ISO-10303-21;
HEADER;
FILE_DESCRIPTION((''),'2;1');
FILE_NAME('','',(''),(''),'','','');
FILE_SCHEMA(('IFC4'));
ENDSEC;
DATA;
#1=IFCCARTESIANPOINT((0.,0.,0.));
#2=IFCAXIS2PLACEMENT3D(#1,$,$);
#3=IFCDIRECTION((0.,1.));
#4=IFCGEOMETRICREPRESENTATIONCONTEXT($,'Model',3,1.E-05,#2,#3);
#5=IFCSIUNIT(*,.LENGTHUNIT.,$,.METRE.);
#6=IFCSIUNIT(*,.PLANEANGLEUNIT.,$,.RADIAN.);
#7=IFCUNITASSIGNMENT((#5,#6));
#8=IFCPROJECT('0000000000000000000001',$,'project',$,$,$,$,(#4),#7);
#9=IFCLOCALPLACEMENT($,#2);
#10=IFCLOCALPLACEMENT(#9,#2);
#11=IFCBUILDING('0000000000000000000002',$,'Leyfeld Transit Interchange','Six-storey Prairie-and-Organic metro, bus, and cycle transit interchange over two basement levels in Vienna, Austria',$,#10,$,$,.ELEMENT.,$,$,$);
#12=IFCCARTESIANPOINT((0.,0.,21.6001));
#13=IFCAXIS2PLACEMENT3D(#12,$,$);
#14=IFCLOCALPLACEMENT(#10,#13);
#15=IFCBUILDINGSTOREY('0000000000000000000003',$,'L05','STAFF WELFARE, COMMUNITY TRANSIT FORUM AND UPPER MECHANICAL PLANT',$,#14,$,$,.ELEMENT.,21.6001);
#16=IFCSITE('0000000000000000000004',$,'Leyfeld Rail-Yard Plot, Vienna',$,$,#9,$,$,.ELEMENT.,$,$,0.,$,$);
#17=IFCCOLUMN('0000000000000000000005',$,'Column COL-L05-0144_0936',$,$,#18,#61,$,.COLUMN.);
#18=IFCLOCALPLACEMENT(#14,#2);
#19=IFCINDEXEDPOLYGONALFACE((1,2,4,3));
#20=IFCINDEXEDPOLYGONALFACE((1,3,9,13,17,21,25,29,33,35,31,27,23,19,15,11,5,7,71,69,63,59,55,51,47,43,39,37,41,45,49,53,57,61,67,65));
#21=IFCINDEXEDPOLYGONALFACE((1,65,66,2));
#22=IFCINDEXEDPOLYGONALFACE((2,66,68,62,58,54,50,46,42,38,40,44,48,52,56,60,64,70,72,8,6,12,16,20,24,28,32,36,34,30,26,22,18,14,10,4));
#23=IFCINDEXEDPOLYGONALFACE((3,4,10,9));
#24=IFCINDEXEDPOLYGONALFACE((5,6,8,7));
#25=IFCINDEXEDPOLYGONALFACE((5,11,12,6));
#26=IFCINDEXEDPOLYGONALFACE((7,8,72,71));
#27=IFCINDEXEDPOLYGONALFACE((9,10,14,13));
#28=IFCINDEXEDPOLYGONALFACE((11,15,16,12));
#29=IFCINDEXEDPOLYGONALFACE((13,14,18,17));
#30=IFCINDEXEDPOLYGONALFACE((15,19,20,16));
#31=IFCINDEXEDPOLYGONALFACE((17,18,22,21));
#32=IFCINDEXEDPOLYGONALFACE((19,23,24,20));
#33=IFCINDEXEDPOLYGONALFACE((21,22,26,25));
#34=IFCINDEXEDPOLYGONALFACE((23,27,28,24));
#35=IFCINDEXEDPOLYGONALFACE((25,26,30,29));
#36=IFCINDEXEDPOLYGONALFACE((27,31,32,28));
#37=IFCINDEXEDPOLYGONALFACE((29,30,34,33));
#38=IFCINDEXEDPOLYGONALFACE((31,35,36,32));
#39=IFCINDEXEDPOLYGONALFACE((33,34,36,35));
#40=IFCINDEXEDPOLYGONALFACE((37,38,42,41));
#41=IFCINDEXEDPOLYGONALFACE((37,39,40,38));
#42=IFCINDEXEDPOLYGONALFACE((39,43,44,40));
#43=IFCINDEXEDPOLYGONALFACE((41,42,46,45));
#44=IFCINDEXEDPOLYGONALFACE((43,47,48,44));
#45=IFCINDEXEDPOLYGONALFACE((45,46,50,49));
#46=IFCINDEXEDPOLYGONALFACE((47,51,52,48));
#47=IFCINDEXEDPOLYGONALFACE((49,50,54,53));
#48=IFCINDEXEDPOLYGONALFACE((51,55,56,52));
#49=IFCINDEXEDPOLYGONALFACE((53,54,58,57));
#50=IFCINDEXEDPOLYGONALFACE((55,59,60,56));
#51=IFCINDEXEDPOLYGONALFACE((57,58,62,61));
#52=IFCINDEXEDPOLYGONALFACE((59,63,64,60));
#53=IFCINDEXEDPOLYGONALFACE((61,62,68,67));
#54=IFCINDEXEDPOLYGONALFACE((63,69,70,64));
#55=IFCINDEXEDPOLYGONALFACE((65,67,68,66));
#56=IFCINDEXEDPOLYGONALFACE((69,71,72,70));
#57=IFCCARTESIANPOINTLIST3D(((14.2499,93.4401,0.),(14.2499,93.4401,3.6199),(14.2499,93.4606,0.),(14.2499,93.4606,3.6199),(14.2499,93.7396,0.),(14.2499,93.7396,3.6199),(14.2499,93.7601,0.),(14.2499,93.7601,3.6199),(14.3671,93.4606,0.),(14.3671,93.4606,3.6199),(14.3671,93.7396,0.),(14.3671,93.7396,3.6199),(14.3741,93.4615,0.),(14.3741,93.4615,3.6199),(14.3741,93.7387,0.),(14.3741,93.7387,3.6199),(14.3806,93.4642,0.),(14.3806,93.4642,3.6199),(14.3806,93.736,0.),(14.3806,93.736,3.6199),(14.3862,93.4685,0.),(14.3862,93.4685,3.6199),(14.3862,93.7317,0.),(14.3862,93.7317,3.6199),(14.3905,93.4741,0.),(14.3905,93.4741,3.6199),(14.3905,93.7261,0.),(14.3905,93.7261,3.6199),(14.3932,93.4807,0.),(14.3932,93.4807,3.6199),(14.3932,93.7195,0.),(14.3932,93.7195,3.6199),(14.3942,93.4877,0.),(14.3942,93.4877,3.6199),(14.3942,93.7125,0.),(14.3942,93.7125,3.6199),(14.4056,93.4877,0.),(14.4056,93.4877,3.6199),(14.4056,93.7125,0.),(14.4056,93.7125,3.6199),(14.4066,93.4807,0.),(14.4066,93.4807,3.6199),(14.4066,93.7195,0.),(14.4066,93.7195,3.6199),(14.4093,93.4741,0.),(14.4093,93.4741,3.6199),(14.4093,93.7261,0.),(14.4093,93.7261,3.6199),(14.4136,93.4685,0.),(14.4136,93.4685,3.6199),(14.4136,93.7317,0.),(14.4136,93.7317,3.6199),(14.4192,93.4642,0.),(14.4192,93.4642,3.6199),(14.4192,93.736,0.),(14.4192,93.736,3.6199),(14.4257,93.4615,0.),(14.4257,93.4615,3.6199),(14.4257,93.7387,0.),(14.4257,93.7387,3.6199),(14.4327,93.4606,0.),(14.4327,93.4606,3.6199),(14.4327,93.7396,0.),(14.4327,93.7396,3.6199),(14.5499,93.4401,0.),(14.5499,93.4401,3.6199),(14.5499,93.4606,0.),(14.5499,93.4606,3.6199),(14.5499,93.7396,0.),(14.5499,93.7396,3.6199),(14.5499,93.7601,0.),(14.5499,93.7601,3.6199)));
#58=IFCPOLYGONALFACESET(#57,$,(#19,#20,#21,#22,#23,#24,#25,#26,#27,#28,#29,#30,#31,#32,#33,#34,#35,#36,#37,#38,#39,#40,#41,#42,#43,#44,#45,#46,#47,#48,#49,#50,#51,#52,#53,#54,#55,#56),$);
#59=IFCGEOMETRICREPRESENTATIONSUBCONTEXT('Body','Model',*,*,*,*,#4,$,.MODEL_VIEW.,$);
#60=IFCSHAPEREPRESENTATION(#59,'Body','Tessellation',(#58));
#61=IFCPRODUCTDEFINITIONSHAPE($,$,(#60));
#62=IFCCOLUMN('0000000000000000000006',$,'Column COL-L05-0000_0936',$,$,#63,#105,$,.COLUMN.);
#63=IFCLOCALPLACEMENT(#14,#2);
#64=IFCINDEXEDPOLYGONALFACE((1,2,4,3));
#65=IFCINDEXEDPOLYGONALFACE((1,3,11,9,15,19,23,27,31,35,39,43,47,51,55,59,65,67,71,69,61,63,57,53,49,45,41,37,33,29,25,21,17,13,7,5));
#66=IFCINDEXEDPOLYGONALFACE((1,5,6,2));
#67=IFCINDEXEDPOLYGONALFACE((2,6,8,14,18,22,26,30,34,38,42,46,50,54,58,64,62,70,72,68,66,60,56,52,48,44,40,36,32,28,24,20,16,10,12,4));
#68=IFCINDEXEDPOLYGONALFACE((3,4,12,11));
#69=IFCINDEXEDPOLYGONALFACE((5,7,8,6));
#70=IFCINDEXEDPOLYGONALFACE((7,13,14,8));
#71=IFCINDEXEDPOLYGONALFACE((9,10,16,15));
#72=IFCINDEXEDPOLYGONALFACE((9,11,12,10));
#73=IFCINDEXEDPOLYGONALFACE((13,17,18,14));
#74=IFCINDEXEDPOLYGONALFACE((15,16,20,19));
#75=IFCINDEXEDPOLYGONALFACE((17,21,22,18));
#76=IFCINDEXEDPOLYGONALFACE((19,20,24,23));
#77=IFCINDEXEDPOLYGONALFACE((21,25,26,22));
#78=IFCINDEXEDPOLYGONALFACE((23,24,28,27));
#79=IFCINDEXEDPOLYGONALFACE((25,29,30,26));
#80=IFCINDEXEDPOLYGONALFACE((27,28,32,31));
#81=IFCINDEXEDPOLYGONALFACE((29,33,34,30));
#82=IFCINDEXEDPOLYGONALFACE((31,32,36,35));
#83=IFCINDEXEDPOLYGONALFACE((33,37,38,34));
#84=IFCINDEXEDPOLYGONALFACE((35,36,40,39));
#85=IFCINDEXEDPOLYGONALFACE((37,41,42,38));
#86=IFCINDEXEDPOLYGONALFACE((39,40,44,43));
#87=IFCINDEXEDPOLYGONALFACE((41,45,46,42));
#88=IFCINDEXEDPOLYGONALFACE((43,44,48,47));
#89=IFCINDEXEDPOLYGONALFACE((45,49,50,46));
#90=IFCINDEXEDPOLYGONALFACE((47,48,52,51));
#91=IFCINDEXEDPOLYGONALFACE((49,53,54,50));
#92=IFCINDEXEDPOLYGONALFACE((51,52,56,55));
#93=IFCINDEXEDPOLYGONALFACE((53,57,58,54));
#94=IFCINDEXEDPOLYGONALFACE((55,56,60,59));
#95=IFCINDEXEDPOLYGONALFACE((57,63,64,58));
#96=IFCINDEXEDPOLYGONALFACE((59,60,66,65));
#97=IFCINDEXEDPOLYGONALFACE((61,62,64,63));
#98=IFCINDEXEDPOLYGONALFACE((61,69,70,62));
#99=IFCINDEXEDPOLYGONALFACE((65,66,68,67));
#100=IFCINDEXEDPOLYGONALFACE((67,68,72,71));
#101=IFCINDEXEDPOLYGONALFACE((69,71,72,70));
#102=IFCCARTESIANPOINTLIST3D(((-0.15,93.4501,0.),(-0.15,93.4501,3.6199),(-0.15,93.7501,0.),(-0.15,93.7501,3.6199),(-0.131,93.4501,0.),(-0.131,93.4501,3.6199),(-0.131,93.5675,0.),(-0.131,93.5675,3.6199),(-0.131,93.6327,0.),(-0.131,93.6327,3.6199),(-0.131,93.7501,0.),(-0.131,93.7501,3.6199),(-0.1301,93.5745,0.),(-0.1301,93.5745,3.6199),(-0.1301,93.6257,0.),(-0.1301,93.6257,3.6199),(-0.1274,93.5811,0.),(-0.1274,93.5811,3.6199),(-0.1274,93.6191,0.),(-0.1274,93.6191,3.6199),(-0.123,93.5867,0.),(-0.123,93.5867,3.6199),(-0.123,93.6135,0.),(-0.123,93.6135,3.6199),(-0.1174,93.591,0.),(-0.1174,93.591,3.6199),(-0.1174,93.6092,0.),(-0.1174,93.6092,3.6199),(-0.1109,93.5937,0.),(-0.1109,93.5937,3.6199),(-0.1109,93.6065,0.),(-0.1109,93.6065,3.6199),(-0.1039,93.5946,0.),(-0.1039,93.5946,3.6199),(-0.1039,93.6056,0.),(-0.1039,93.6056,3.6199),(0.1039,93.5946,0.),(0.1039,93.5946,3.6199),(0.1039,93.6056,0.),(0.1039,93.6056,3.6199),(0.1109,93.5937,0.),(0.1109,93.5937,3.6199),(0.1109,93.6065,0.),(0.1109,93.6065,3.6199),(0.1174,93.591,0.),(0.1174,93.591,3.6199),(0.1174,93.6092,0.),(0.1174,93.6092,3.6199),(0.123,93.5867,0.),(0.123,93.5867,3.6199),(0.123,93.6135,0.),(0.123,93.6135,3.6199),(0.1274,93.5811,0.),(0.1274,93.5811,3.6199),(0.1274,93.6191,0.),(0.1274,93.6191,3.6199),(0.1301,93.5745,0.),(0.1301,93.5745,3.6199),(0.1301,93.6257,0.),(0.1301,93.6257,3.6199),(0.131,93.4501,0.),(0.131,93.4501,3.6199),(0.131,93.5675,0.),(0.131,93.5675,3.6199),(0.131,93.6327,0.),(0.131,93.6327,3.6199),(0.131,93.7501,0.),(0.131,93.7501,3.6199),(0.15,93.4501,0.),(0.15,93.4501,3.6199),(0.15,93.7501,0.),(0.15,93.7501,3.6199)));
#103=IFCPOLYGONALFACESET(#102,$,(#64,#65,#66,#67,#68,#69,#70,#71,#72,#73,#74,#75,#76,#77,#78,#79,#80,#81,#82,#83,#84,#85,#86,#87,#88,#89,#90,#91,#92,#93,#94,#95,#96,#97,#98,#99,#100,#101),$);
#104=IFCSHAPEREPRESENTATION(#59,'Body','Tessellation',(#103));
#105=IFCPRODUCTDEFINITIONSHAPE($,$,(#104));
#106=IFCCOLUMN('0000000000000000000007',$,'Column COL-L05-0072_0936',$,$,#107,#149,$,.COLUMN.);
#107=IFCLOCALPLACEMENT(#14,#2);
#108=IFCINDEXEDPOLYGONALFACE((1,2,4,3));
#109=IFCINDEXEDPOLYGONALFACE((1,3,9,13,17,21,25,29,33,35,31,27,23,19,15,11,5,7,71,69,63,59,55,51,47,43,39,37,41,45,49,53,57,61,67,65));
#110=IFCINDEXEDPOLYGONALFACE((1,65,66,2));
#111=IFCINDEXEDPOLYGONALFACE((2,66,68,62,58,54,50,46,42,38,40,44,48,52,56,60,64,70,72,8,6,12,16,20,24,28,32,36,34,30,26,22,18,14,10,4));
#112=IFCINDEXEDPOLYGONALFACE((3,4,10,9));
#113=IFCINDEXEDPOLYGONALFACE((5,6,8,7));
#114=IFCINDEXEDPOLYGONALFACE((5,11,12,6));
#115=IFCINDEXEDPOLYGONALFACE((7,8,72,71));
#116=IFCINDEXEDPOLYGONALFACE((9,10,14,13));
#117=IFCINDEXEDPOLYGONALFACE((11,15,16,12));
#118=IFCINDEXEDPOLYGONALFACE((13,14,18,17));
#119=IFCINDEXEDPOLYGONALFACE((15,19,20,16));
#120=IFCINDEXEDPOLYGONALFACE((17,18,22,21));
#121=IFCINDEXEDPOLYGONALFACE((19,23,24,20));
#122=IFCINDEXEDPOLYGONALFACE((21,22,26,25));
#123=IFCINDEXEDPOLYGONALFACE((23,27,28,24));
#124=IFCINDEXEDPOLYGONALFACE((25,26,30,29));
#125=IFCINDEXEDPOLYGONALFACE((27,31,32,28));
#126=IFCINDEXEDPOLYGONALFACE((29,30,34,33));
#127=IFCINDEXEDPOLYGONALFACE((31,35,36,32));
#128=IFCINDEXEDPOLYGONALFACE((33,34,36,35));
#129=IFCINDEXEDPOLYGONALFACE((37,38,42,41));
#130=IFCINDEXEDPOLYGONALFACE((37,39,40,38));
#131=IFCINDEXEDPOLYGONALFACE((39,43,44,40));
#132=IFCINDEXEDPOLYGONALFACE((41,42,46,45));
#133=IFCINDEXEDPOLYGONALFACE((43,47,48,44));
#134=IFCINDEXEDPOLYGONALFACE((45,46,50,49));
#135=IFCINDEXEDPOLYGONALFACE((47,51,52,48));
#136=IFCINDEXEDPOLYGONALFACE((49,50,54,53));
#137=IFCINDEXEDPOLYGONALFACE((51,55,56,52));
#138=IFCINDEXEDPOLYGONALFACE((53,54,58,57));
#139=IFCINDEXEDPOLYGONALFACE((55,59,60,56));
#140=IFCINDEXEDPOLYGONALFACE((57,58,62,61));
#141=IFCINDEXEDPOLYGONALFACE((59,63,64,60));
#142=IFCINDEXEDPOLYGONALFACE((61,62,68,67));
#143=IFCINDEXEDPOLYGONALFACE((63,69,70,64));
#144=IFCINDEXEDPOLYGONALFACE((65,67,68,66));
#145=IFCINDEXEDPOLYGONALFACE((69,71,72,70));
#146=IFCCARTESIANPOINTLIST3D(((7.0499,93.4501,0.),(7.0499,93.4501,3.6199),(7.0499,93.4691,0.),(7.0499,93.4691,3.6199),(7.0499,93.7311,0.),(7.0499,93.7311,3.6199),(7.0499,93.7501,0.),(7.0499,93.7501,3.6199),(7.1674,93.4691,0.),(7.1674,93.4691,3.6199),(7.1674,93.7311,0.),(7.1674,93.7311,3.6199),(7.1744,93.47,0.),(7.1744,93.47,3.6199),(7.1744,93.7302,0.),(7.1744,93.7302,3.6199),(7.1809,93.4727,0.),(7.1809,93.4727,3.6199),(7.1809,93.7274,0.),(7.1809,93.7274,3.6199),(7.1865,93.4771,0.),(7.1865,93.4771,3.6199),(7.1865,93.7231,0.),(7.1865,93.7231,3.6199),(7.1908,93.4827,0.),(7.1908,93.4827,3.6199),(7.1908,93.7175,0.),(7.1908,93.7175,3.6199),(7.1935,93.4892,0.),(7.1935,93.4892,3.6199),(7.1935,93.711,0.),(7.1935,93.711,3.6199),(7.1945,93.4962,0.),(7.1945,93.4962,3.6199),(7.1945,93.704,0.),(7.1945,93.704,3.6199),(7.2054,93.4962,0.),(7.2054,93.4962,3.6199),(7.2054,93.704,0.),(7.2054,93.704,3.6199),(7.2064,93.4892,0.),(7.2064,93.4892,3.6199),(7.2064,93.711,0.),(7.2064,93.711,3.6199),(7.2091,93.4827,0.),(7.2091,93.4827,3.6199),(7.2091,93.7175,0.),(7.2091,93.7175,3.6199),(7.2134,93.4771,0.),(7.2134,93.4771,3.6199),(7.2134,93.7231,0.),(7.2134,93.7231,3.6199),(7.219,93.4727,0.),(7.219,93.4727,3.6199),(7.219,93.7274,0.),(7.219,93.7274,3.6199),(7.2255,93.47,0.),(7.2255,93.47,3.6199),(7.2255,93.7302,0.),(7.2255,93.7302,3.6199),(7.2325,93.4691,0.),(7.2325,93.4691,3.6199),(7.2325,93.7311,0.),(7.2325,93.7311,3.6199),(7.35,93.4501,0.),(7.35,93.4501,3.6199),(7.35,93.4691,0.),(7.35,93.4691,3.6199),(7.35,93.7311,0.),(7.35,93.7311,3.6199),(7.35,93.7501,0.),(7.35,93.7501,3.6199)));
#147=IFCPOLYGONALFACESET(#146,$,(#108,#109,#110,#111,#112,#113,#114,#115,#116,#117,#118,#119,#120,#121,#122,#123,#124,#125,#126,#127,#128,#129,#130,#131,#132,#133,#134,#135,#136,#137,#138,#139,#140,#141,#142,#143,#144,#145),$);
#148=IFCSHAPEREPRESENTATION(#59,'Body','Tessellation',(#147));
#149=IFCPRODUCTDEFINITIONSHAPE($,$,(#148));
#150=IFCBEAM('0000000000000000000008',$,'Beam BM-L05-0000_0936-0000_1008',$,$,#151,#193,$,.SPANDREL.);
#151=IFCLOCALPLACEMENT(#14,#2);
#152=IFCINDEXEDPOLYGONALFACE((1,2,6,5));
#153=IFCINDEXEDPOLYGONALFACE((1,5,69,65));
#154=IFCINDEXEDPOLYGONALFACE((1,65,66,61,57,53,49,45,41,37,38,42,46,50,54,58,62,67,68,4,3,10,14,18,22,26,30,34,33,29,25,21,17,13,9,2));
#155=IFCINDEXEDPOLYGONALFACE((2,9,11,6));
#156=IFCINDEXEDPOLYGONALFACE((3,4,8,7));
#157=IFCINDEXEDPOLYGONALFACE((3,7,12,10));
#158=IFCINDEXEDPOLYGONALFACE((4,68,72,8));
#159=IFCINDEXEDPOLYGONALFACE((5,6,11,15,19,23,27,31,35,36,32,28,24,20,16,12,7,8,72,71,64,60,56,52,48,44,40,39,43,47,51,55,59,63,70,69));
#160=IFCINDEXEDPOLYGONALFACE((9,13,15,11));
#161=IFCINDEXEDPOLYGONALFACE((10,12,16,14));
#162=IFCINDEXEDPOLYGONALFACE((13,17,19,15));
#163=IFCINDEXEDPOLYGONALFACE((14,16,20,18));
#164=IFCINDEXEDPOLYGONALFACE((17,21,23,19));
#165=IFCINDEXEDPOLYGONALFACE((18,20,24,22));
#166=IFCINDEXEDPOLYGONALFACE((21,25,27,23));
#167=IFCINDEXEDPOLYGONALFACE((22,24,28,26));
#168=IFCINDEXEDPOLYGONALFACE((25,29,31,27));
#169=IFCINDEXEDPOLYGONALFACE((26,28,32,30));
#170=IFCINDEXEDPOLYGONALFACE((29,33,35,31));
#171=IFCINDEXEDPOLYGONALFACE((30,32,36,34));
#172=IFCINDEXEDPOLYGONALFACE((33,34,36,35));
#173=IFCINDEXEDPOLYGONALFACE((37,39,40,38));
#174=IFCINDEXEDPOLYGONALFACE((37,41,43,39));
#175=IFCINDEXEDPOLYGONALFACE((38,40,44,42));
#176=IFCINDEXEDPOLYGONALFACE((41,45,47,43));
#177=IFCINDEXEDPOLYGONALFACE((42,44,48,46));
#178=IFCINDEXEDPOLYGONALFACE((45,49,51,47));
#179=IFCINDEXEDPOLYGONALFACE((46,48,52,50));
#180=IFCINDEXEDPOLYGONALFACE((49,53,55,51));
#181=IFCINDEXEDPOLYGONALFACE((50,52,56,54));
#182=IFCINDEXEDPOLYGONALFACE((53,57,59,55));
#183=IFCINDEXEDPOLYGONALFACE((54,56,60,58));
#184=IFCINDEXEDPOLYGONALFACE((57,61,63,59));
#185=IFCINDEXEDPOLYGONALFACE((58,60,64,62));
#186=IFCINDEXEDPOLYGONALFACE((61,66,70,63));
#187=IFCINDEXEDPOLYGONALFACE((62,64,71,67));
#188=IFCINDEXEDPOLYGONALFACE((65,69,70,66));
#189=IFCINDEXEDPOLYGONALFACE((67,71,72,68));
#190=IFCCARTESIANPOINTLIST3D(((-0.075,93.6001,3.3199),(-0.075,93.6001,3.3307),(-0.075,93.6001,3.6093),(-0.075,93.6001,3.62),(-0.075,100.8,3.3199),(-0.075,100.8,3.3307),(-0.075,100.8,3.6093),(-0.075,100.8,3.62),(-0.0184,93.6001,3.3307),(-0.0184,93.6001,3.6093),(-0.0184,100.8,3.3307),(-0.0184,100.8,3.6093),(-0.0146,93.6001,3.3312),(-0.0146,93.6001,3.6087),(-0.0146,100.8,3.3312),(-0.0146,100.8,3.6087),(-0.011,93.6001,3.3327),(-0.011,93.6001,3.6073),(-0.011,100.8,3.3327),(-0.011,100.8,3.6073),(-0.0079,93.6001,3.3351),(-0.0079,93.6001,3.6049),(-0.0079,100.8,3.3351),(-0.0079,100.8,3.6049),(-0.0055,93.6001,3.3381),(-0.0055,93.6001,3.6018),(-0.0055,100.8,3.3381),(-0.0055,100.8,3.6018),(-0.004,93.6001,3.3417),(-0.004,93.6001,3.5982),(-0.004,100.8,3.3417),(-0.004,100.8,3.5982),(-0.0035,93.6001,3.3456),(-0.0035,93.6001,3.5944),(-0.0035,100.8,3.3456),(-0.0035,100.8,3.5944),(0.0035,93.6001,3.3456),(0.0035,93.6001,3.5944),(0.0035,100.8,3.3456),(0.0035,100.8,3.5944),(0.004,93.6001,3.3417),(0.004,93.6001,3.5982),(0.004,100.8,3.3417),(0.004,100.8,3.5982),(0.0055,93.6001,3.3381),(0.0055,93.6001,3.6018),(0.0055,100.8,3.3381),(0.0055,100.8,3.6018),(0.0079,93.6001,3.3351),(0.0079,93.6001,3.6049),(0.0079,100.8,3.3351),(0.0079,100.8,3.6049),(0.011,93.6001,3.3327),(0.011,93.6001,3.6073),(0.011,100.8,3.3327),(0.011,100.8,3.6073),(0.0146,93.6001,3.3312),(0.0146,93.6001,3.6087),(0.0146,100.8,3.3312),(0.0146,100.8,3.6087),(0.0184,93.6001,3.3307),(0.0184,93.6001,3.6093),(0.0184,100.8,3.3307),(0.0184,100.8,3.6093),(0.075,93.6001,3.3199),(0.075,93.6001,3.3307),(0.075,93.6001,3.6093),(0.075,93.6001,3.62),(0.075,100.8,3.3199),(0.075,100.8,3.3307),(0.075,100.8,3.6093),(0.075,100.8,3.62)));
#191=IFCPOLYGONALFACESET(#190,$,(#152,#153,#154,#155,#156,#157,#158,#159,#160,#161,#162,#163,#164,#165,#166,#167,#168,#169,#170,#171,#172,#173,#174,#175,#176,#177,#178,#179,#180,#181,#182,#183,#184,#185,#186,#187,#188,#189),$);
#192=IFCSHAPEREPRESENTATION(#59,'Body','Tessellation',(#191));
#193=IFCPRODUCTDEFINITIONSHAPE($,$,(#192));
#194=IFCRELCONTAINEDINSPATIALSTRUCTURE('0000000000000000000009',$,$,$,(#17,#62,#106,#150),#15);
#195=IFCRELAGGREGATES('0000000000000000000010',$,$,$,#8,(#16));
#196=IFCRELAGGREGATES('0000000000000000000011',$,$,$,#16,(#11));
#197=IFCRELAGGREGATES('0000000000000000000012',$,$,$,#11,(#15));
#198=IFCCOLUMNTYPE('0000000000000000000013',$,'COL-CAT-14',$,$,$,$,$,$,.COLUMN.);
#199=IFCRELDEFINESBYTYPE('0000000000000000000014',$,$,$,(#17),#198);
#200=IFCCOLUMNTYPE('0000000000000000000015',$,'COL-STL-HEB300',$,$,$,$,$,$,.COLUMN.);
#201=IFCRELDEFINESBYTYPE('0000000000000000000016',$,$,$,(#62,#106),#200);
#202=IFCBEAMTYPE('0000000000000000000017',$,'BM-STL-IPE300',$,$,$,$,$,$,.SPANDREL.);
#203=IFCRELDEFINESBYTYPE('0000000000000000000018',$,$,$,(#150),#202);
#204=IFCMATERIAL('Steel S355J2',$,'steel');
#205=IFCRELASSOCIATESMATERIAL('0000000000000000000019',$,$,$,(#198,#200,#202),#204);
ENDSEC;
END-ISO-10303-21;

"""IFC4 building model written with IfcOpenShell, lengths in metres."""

from ifc_helpers import new_model, si_unit, direction, frame, origin, origin_2d, place, context, subcontext, project, spatial, i_section, extrude, material, material_profile, profile_set, type_object, element, save


model = new_model("IFC4")

# Units and contexts
model_context = context("Model", 3, precision=1e-05, world=origin(), true_north=direction((0.0, 1.0)))
body_context = subcontext(model_context, "Body", "Model", "MODEL_VIEW")
ifc_project = project(units=[si_unit("LENGTHUNIT", "METRE"), si_unit("PLANEANGLEUNIT", "RADIAN")], contexts=[model_context])

# Site, building, storey
site_placement = place(None, origin())
site = spatial("IfcSite", under=ifc_project, at=site_placement, Name="Leyfeld Rail-Yard Plot, Vienna", CompositionType="ELEMENT", RefElevation=0.0)
building_placement = place(site_placement, origin())
building = spatial("IfcBuilding", under=site, at=building_placement, Name="Leyfeld Transit Interchange", Description="Six-storey Prairie-and-Organic metro, bus, and cycle transit interchange over two basement levels in Vienna, Austria", CompositionType="ELEMENT")
storey_placement = place(building_placement, frame((0.0, 0.0, 21.6001)))
storey = spatial("IfcBuildingStorey", under=building, at=storey_placement, Name="L05", Description="STAFF WELFARE, COMMUNITY TRANSIT FORUM AND UPPER MECHANICAL PLANT", CompositionType="ELEMENT", Elevation=21.6001)

# Columns
ifc_material_1 = material(Name="Steel S355J2", Category="steel")
ifc_material_profile_1 = material_profile(ifc_material_1, i_section(OverallWidth=0.3, OverallDepth=0.3201, WebThickness=0.0115, FlangeThickness=0.0205, FilletRadius=0.0271, at=origin_2d()), Name="HEB 320")
ifc_profile_set_1 = profile_set([ifc_material_profile_1], Name="Steel S355J2")
column_type_1 = type_object("IfcColumnType", Name="COL-CAT-14", PredefinedType="COLUMN", material=ifc_profile_set_1)
column_placement = place(storey_placement, frame((14.3999, 93.6001, 0.0), z_axis=(0.0, 0.0, 1.0), x_axis=(1.0, 0.0, 0.0)))
element("IfcColumn", 1, at=column_placement, inside=storey, type_object=column_type_1, Name="Column COL-L05-0144_0936", PredefinedType="COLUMN", context=body_context, shape_type="SweptSolid", body=[
    extrude(i_section(OverallWidth=0.3, OverallDepth=0.3201, WebThickness=0.0115, FlangeThickness=0.0205, FilletRadius=0.0271, at=origin_2d()), origin(), (0.0, 0.0, 1.0), 3.6199),
])
ifc_material_profile_2 = material_profile(ifc_material_1, i_section(OverallWidth=0.3, OverallDepth=0.3, WebThickness=0.011, FlangeThickness=0.019, FilletRadius=0.0271, at=origin_2d()), Name="HEB 300")
ifc_profile_set_2 = profile_set([ifc_material_profile_2], Name="Steel S355J2")
column_type_2 = type_object("IfcColumnType", Name="COL-STL-HEB300", PredefinedType="COLUMN", material=ifc_profile_set_2)
for number, where, z_axis, x_axis, name in (
    (2, (0.0, 93.6001, 0.0), (0.0, 0.0, 1.0), (0.0, 1.0, 0.0), "Column COL-L05-0000_0936"),
    (3, (7.2, 93.6001, 0.0), (0.0, 0.0, 1.0), (1.0, 0.0, 0.0), "Column COL-L05-0072_0936"),
):
    element("IfcColumn", number, at=place(storey_placement, frame(where, z_axis=z_axis, x_axis=x_axis)), inside=storey, type_object=column_type_2, Name=name, PredefinedType="COLUMN", context=body_context, shape_type="SweptSolid", body=[
        extrude(i_section(OverallWidth=0.3, OverallDepth=0.3, WebThickness=0.011, FlangeThickness=0.019, FilletRadius=0.0271, at=origin_2d()), origin(), (0.0, 0.0, 1.0), 3.6199),
    ])

# Beam
ifc_material_profile_3 = material_profile(ifc_material_1, i_section(OverallWidth=0.1499, OverallDepth=0.3, WebThickness=0.0071, FlangeThickness=0.0107, FilletRadius=0.0149, at=origin_2d()), Name="IPE 300")
ifc_profile_set_3 = profile_set([ifc_material_profile_3], Name="Steel S355J2")
beam_type_1 = type_object("IfcBeamType", Name="BM-STL-IPE300", PredefinedType="SPANDREL", material=ifc_profile_set_3)
for number, where, z_axis, x_axis, name in (
    (4, (0.0, 93.6001, 3.47), (0.0, 1.0, 0.0), (-1.0, 0.0, 0.0), "Beam BM-L05-0000_0936-0000_1008"),
):
    element("IfcBeam", number, at=place(storey_placement, frame(where, z_axis=z_axis, x_axis=x_axis)), inside=storey, type_object=beam_type_1, Name=name, PredefinedType="SPANDREL", context=body_context, shape_type="SweptSolid", body=[
        extrude(i_section(OverallWidth=0.1499, OverallDepth=0.3, WebThickness=0.0071, FlangeThickness=0.0107, FilletRadius=0.0149, at=origin_2d()), origin(), (0.0, 0.0, 1.0), 7.2),
    ])

save(model, "model.ifc")
